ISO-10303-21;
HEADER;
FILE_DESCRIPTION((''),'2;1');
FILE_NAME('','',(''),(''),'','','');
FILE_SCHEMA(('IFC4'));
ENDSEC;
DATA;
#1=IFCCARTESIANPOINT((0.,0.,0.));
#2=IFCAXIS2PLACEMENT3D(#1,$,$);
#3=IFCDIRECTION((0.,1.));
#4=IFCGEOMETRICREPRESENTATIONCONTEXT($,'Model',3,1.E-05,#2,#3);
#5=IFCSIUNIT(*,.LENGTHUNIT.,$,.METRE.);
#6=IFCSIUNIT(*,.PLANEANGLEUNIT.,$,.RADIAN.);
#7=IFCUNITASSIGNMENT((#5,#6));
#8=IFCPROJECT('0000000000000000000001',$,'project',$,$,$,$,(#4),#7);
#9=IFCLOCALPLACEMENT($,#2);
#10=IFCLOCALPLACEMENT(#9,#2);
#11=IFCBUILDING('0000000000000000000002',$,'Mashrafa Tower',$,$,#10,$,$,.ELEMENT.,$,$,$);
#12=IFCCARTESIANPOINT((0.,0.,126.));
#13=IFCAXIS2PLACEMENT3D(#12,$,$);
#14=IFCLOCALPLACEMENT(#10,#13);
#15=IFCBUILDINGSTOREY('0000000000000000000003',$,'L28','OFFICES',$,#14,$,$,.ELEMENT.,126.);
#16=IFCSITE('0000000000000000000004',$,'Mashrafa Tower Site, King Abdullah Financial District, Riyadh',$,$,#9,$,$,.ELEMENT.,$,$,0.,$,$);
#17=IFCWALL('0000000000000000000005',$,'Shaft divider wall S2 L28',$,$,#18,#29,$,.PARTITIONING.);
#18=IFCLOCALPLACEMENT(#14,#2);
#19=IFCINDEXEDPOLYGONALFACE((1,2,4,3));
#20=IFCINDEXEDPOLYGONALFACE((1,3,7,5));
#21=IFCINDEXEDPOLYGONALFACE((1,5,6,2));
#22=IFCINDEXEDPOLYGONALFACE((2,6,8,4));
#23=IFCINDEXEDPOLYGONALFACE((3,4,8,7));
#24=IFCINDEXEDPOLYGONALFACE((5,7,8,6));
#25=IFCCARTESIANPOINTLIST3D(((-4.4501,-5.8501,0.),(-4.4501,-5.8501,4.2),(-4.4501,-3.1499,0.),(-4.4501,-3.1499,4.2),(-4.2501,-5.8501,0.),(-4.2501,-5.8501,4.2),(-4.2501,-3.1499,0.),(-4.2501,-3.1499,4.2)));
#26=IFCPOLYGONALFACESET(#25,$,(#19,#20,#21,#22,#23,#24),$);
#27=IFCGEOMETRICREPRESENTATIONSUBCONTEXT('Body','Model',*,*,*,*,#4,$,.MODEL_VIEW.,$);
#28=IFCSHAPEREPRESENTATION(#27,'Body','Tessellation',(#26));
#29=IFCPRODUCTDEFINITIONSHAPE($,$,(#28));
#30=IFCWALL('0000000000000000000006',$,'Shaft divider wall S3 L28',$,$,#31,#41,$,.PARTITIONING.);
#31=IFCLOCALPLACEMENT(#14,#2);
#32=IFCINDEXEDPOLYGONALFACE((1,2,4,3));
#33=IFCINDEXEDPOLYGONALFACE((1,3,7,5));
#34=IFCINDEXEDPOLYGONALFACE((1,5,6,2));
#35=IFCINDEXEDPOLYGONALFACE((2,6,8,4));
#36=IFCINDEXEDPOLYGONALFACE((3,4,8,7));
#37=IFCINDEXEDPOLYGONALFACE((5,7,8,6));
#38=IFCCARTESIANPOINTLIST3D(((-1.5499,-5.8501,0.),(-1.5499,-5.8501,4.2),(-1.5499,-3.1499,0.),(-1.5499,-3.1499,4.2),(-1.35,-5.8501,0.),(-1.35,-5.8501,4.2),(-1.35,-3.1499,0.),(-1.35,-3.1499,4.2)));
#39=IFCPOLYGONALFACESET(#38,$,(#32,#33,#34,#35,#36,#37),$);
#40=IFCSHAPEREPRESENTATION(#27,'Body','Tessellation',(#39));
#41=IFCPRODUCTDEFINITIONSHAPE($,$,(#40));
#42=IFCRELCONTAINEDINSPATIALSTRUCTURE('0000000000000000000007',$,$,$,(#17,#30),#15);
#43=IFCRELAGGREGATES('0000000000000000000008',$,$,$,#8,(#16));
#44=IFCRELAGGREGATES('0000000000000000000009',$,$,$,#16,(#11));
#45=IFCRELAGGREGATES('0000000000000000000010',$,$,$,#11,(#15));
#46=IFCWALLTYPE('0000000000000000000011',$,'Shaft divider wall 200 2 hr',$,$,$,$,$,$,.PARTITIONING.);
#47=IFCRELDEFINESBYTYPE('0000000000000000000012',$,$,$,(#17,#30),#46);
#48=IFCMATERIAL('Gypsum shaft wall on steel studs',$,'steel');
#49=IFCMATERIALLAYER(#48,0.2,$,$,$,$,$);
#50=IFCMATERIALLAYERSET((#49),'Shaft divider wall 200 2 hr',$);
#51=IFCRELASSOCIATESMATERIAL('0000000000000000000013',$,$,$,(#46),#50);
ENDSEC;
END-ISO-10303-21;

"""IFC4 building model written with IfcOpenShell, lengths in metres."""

from ifc_helpers import new_model, si_unit, direction, frame, frame_2d, origin, place, context, subcontext, project, spatial, rectangle, extrude, material, layer, layer_set, type_object, element, save


model = new_model("IFC4")

# Units and contexts
model_context = context("Model", 3, precision=1e-05, world=origin(), true_north=direction((0.0, 1.0)))
body_context = subcontext(model_context, "Body", "Model", "MODEL_VIEW")
ifc_project = project(units=[si_unit("LENGTHUNIT", "METRE"), si_unit("PLANEANGLEUNIT", "RADIAN")], contexts=[model_context])

# Site, building, storey
site_placement = place(None, origin())
site = spatial("IfcSite", under=ifc_project, at=site_placement, Name="Mashrafa Tower Site, King Abdullah Financial District, Riyadh", CompositionType="ELEMENT", RefElevation=0.0)
building_placement = place(site_placement, origin())
building = spatial("IfcBuilding", under=site, at=building_placement, Name="Mashrafa Tower", CompositionType="ELEMENT")
storey_placement = place(building_placement, frame((0.0, 0.0, 126.0)))
storey = spatial("IfcBuildingStorey", under=building, at=storey_placement, Name="L28", Description="OFFICES", CompositionType="ELEMENT", Elevation=126.0)

# Walls
ifc_material_1 = material(Name="Gypsum shaft wall on steel studs", Category="steel")
ifc_layer_1 = layer(ifc_material_1, 0.2)
ifc_layer_set_1 = layer_set([ifc_layer_1], Name="Shaft divider wall 200 2 hr")
wall_type_1 = type_object("IfcWallType", Name="Shaft divider wall 200 2 hr", PredefinedType="PARTITIONING", material=ifc_layer_set_1)
for number, where, z_axis, x_axis, name in (
    (1, (-4.3501, -5.8501, 0.0), (0.0, 0.0, 1.0), (0.0, 1.0, 0.0), "Shaft divider wall S2 L28"),
    (2, (-1.45, -5.8501, 0.0), (0.0, 0.0, 1.0), (0.0, 1.0, 0.0), "Shaft divider wall S3 L28"),
):
    element("IfcWall", number, at=place(storey_placement, frame(where, z_axis=z_axis, x_axis=x_axis)), inside=storey, type_object=wall_type_1, Name=name, PredefinedType="PARTITIONING", context=body_context, shape_type="SweptSolid", body=[
        extrude(rectangle(XDim=2.7002, YDim=0.2, at=frame_2d((1.3501, 0.0))), origin(), (0.0, 0.0, 1.0), 4.2),
    ])

save(model, "model.ifc")
